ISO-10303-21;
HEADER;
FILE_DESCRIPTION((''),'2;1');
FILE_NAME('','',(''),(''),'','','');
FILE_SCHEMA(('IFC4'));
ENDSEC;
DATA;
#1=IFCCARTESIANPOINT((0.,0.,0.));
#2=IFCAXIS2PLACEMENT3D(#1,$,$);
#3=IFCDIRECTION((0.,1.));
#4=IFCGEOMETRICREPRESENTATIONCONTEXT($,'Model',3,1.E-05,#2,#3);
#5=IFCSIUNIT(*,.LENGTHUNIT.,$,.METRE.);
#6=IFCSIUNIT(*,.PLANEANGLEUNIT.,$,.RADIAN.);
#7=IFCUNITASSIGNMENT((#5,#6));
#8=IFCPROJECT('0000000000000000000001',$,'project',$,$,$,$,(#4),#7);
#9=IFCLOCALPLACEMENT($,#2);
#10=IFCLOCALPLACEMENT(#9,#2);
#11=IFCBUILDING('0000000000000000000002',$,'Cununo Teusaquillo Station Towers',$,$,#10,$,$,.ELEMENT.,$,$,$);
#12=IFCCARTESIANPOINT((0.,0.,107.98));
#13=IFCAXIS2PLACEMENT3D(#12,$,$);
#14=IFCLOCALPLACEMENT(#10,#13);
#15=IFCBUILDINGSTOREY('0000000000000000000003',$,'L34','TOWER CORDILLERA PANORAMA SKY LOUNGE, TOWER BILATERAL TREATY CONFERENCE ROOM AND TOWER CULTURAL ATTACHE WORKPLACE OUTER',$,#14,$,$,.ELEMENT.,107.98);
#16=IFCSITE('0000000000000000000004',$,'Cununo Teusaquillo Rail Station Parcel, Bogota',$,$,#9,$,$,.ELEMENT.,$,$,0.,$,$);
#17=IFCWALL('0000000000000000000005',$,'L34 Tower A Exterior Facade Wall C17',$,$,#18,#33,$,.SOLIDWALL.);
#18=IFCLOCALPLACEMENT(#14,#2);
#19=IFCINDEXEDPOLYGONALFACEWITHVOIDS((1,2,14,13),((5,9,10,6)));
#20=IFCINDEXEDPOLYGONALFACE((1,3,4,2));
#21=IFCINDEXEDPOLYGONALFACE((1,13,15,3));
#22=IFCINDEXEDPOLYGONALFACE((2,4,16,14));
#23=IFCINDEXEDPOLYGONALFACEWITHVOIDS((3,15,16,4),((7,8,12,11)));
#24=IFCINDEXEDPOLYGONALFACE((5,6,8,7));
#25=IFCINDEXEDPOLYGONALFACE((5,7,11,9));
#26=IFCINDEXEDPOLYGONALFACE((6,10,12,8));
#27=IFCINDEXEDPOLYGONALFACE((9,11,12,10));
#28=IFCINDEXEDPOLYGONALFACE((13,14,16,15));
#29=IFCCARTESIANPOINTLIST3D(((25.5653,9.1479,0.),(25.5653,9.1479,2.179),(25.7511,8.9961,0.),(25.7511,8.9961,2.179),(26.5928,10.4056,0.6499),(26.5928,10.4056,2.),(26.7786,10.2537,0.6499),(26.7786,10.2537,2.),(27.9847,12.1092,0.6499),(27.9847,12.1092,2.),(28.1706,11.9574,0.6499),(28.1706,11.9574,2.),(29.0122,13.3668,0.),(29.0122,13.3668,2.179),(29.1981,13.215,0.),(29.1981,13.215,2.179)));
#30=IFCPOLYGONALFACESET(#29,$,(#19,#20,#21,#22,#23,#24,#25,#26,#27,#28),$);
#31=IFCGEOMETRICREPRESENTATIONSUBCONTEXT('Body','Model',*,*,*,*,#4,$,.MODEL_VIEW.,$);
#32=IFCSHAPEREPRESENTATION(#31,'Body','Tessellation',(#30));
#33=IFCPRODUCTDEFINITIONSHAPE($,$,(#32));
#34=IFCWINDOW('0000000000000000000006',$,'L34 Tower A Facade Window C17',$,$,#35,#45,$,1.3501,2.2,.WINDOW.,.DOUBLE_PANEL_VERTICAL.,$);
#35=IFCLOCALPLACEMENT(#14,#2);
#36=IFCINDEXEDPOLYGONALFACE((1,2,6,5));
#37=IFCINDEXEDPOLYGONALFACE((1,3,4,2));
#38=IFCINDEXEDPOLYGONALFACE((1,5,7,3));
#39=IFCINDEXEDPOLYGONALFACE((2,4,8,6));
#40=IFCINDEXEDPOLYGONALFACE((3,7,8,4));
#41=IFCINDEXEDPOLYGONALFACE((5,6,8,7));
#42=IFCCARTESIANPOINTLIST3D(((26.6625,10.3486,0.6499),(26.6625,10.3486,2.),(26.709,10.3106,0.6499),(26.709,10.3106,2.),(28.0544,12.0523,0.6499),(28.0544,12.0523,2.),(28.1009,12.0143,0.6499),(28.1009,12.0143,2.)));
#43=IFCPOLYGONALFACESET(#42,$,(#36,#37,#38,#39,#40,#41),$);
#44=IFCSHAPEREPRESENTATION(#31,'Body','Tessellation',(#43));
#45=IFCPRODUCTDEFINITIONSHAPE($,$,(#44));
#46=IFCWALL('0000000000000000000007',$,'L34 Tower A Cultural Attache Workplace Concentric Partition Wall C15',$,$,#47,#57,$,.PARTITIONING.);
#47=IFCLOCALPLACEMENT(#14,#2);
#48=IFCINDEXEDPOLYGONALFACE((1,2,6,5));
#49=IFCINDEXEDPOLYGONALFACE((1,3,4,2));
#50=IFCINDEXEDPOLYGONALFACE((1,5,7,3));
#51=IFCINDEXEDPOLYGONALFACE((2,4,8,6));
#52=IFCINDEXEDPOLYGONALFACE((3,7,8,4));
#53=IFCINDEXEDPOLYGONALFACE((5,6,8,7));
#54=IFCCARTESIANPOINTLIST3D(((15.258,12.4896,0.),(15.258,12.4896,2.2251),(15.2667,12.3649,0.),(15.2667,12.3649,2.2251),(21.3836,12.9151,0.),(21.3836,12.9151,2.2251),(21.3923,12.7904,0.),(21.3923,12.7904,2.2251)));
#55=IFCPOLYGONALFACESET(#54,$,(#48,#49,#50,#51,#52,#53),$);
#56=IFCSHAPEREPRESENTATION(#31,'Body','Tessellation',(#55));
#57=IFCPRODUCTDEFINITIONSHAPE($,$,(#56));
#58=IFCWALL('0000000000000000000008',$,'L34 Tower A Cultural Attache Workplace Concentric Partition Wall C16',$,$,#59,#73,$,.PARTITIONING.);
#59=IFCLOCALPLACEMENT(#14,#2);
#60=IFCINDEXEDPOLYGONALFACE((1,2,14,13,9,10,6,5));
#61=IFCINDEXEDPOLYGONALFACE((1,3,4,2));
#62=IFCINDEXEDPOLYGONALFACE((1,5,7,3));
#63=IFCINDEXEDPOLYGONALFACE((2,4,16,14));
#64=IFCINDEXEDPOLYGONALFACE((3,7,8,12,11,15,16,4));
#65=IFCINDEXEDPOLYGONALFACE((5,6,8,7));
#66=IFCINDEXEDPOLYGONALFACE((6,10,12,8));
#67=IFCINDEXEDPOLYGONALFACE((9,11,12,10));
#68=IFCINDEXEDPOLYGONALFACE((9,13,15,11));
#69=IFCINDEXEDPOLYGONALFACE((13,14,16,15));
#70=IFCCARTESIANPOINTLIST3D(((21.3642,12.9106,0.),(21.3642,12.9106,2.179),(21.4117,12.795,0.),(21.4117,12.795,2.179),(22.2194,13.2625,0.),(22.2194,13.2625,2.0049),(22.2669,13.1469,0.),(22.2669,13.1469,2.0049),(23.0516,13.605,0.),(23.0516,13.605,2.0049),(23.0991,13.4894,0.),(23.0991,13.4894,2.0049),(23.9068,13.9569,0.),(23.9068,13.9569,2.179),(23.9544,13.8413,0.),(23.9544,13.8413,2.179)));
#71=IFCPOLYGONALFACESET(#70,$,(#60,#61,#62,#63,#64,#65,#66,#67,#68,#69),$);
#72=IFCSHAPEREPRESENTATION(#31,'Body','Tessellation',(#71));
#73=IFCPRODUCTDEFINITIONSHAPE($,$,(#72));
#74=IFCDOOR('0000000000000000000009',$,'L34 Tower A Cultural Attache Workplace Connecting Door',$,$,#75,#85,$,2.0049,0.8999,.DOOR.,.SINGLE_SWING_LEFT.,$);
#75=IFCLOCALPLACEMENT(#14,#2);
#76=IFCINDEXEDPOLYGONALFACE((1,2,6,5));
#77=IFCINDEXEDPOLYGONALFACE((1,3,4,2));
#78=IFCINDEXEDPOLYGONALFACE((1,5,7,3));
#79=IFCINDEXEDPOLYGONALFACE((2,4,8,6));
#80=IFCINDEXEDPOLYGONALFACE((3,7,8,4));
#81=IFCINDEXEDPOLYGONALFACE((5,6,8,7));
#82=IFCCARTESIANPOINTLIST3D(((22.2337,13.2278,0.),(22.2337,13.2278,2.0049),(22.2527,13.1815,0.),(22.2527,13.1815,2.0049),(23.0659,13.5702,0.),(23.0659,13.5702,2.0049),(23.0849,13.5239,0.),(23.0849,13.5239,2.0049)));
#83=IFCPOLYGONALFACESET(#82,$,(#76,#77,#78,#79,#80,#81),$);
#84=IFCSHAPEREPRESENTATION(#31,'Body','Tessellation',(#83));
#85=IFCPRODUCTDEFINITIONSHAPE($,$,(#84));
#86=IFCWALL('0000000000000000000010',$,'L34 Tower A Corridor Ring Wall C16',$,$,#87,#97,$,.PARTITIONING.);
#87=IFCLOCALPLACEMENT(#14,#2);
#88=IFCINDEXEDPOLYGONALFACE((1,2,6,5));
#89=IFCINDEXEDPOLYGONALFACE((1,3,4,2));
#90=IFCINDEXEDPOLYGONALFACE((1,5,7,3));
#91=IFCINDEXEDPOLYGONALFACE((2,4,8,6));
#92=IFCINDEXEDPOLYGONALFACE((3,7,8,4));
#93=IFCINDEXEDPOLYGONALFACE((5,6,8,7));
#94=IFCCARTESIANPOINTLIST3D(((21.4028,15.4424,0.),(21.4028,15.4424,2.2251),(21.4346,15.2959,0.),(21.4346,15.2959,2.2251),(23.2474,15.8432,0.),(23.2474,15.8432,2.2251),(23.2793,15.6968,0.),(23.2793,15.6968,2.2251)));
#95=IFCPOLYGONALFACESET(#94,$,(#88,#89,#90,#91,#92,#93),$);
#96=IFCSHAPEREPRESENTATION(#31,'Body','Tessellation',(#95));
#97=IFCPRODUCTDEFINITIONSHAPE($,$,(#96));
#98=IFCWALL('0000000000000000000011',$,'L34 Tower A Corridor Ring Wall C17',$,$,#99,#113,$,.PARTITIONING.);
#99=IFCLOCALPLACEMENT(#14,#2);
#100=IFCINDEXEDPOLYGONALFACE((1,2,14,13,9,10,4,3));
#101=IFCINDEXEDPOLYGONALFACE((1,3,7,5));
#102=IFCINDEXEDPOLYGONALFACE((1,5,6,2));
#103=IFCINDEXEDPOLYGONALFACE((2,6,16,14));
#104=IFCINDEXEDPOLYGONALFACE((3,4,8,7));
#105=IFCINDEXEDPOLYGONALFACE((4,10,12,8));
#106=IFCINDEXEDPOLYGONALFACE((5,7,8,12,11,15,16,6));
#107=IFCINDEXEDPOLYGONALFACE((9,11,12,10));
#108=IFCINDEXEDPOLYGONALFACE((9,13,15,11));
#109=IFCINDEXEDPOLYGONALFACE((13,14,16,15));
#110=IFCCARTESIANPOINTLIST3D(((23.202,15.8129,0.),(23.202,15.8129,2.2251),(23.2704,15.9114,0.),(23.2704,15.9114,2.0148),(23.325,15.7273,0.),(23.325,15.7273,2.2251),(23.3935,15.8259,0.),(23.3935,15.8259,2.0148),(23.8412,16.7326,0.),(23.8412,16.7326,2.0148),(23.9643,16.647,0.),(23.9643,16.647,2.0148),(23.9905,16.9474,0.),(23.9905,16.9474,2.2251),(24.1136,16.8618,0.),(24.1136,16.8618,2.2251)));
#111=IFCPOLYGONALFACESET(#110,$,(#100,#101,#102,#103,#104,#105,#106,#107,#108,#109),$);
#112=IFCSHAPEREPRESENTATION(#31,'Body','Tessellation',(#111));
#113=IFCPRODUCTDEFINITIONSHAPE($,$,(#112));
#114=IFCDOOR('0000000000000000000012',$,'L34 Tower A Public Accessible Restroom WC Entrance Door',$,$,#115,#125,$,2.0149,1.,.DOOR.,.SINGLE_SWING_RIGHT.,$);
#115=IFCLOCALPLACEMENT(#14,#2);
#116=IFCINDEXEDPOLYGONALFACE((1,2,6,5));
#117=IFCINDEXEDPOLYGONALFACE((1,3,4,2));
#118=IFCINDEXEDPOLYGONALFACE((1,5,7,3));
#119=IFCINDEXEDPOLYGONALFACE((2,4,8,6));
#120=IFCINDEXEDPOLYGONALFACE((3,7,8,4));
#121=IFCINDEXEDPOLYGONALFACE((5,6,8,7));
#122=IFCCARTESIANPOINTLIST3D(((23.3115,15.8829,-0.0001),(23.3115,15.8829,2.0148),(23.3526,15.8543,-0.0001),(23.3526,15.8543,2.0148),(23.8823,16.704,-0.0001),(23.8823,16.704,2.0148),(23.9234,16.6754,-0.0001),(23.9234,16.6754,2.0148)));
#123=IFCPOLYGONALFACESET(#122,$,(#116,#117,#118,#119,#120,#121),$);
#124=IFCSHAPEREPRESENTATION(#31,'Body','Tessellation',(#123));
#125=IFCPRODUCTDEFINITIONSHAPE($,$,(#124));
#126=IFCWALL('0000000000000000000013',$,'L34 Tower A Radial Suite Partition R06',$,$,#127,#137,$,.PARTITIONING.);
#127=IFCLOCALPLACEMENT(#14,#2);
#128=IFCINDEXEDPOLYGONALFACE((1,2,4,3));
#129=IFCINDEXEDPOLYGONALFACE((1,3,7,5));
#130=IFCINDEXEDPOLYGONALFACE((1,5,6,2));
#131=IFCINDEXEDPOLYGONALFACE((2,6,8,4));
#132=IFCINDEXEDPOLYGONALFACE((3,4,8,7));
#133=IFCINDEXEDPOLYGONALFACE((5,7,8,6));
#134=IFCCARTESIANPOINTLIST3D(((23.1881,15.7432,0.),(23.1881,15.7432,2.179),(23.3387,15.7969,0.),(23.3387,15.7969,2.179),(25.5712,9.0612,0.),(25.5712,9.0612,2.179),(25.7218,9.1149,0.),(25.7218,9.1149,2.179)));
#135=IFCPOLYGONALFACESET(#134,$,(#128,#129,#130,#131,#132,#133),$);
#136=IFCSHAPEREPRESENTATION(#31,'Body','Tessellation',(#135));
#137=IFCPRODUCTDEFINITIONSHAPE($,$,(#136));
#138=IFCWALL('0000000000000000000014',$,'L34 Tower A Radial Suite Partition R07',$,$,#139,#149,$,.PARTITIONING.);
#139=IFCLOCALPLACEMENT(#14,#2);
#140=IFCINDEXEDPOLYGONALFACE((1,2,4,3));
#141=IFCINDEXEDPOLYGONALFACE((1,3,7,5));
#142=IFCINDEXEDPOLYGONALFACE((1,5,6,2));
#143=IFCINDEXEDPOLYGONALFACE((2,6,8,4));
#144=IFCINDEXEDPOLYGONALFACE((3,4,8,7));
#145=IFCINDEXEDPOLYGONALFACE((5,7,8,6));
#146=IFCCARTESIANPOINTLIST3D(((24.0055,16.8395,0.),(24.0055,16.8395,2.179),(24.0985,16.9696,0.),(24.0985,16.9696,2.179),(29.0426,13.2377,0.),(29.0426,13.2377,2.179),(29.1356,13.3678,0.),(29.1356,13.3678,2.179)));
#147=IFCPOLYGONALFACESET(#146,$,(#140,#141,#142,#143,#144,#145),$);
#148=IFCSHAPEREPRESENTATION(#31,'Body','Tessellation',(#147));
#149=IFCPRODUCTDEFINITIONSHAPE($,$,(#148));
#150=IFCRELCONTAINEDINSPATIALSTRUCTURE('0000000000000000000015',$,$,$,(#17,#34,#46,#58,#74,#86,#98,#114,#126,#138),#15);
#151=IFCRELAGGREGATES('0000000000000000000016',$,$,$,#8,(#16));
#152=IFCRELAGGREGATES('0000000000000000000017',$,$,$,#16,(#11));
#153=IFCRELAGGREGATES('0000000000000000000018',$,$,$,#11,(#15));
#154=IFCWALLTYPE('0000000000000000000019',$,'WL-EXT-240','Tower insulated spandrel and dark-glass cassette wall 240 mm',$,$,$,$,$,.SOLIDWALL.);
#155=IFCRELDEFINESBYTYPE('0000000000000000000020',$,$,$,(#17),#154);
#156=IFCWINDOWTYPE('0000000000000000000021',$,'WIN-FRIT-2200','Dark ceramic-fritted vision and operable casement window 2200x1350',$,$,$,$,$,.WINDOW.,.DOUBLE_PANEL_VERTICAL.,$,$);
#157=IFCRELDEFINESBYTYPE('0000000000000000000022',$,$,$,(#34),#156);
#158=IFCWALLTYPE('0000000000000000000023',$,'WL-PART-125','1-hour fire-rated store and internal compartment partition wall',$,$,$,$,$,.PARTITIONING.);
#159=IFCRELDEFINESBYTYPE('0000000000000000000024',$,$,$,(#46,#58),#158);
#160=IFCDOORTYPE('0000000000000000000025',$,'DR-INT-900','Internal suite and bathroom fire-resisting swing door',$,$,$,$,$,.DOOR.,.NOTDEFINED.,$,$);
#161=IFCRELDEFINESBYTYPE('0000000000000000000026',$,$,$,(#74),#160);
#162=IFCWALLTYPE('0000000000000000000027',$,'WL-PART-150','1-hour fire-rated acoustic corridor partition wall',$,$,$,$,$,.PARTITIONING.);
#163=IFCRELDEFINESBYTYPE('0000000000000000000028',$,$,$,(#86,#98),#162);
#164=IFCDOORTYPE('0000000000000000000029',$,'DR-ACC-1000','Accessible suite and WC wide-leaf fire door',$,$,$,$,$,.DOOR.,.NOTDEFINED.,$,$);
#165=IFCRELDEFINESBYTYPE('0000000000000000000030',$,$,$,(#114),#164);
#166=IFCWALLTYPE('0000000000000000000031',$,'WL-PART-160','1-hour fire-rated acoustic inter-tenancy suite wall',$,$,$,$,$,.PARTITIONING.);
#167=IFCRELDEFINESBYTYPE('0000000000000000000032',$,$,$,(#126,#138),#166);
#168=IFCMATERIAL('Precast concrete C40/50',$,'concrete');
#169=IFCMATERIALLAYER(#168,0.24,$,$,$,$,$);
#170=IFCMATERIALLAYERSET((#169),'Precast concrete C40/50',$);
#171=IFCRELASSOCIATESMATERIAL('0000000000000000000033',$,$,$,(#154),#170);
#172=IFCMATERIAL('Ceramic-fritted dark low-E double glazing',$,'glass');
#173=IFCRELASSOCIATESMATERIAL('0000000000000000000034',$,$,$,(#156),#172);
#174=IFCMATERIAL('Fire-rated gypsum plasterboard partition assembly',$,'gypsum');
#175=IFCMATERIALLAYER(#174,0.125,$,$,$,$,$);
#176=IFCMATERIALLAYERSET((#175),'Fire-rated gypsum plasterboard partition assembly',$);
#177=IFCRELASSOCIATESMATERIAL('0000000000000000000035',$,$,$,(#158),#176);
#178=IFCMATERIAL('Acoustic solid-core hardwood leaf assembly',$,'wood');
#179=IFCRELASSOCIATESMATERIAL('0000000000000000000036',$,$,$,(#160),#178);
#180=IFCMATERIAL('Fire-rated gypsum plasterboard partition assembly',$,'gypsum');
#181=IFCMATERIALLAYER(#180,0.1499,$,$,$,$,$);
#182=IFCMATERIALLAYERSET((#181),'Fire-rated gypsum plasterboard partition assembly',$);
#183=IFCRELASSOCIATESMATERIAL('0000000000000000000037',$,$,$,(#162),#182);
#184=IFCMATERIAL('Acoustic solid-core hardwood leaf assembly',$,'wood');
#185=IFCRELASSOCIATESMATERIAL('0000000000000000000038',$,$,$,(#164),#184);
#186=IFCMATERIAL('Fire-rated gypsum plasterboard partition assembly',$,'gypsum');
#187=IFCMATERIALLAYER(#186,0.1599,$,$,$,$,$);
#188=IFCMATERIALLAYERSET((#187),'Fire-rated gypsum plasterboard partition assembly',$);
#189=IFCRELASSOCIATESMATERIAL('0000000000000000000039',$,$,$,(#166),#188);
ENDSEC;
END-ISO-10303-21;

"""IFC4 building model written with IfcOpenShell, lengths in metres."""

from ifc_helpers import new_model, si_unit, direction, frame, frame_2d, origin, place, context, subcontext, project, spatial, rectangle, extrude, source, transform, mapped, material, layer, layer_set, type_object, element, fill, save


model = new_model("IFC4")

# Units and contexts
model_context = context("Model", 3, precision=1e-05, world=origin(), true_north=direction((0.0, 1.0)))
body_context = subcontext(model_context, "Body", "Model", "MODEL_VIEW")
ifc_project = project(units=[si_unit("LENGTHUNIT", "METRE"), si_unit("PLANEANGLEUNIT", "RADIAN")], contexts=[model_context])

# Site, building, storey
site_placement = place(None, origin())
site = spatial("IfcSite", under=ifc_project, at=site_placement, Name="Cununo Teusaquillo Rail Station Parcel, Bogota", CompositionType="ELEMENT", RefElevation=0.0)
building_placement = place(site_placement, origin())
building = spatial("IfcBuilding", under=site, at=building_placement, Name="Cununo Teusaquillo Station Towers", CompositionType="ELEMENT")
storey_placement = place(building_placement, frame((0.0, 0.0, 107.98)))
storey = spatial("IfcBuildingStorey", under=building, at=storey_placement, Name="L34", Description="TOWER CORDILLERA PANORAMA SKY LOUNGE, TOWER BILATERAL TREATY CONFERENCE ROOM AND TOWER CULTURAL ATTACHE WORKPLACE OUTER", CompositionType="ELEMENT", Elevation=107.98)

# Shared definitions
ifc_material_1 = material(Name="Precast concrete C40/50", Category="concrete")
ifc_layer_1 = layer(ifc_material_1, 0.24)
ifc_layer_set_1 = layer_set([ifc_layer_1], Name="Precast concrete C40/50")
wall_type_1 = type_object("IfcWallType", Name="WL-EXT-240", Description="Tower insulated spandrel and dark-glass cassette wall 240 mm", PredefinedType="SOLIDWALL", material=ifc_layer_set_1)
shared_shape_1 = source(origin(), body_context, "Body", "SweptSolid", [
    extrude(rectangle(XDim=2.2, YDim=1.3501, at=frame_2d((1.1001, 0.675))), frame((0.0, 0.1299, 0.0), z_axis=(0.0, -1.0, 0.0), x_axis=(1.0, 0.0, 0.0)), (0.0, 0.0, 1.0), 0.26),
])
ifc_material_2 = material(Name="Ceramic-fritted dark low-E double glazing", Category="glass")
window_type_1 = type_object("IfcWindowType", Name="WIN-FRIT-2200", Description="Dark ceramic-fritted vision and operable casement window 2200x1350", PartitioningType="DOUBLE_PANEL_VERTICAL", PredefinedType="WINDOW", material=ifc_material_2)
shared_shape_2 = source(origin(), body_context, "Body", "SweptSolid", [
    extrude(rectangle(XDim=2.2, YDim=1.3501, at=frame_2d((1.1001, 0.675))), frame((0.0, 0.03, 0.0), z_axis=(0.0, -1.0, 0.0), x_axis=(1.0, 0.0, 0.0)), (0.0, 0.0, 1.0), 0.0601),
])

# Wall, opening, window
wall_1_placement = place(storey_placement, frame((29.1052, 13.291, 0.0), z_axis=(0.0, 0.0, 1.0), x_axis=(-0.632701, -0.774396, 0.0)))
wall_1 = element("IfcWall", 1, at=wall_1_placement, inside=storey, type_object=wall_type_1, Name="L34 Tower A Exterior Facade Wall C17", PredefinedType="SOLIDWALL", context=body_context, shape_type="SweptSolid", body=[
    extrude(rectangle(XDim=5.448, YDim=0.24, at=frame_2d((2.7241, 0.0))), origin(), (0.0, 0.0, 1.0), 2.179),
])
opening_1_placement = place(wall_1_placement, frame((1.624, 0.0, 0.6499)))
opening_1 = element("IfcOpeningElement", 2, at=opening_1_placement, cuts=wall_1, PredefinedType="OPENING", context=body_context, shape_type="MappedRepresentation", body=[
    mapped(shared_shape_1, transform((0.0, 0.0, 0.0), x_axis=(1.0, 0.0, 0.0), y_axis=(0.0, 1.0, 0.0), z_axis=(0.0, 0.0, 1.0), scale=1.0)),
])
window_1_placement = place(opening_1_placement, origin())
window_1 = element("IfcWindow", 3, at=window_1_placement, inside=storey, type_object=window_type_1, Name="L34 Tower A Facade Window C17", OverallHeight=1.3501, OverallWidth=2.2, PartitioningType="DOUBLE_PANEL_VERTICAL", PredefinedType="WINDOW", context=body_context, shape_type="MappedRepresentation", body=[
    mapped(shared_shape_2, transform((0.0, 0.0, 0.0), x_axis=(1.0, 0.0, 0.0), y_axis=(0.0, 1.0, 0.0), z_axis=(0.0, 0.0, 1.0), scale=1.0)),
])
fill(opening_1, window_1)

# Wall
ifc_material_3 = material(Name="Fire-rated gypsum plasterboard partition assembly", Category="gypsum")
ifc_layer_2 = layer(ifc_material_3, 0.125)
ifc_layer_set_2 = layer_set([ifc_layer_2], Name="Fire-rated gypsum plasterboard partition assembly")
wall_type_2 = type_object("IfcWallType", Name="WL-PART-125", Description="1-hour fire-rated store and internal compartment partition wall", PredefinedType="PARTITIONING", material=ifc_layer_set_2)
wall_2_placement = place(storey_placement, frame((15.2622, 12.4272, 0.0), z_axis=(0.0, 0.0, 1.0), x_axis=(0.997596, 0.0693, 0.0)))
element("IfcWall", 4, at=wall_2_placement, inside=storey, type_object=wall_type_2, Name="L34 Tower A Cultural Attache Workplace Concentric Partition Wall C15", PredefinedType="PARTITIONING", context=body_context, shape_type="SweptSolid", body=[
    extrude(rectangle(XDim=6.1404, YDim=0.125, at=frame_2d((3.0703, 0.0))), origin(), (0.0, 0.0, 1.0), 2.2251),
])

# Wall, opening, door
wall_3_placement = place(storey_placement, frame((21.3879, 12.8528, 0.0), z_axis=(0.0, 0.0, 1.0), x_axis=(0.924757, 0.380558, 0.0)))
wall_3 = element("IfcWall", 5, at=wall_3_placement, inside=storey, type_object=wall_type_2, Name="L34 Tower A Cultural Attache Workplace Concentric Partition Wall C16", PredefinedType="PARTITIONING", context=body_context, shape_type="SweptSolid", body=[
    extrude(rectangle(XDim=2.7495, YDim=0.125, at=frame_2d((1.3748, 0.0))), origin(), (0.0, 0.0, 1.0), 2.179),
])
shared_shape_3 = source(origin(), body_context, "Body", "SweptSolid", [
    extrude(rectangle(XDim=0.8999, YDim=2.0049, at=frame_2d((0.45, 1.0024))), frame((0.0, 0.0725, 0.0), z_axis=(0.0, -1.0, 0.0), x_axis=(1.0, 0.0, 0.0)), (0.0, 0.0, 1.0), 0.145),
])
opening_2_placement = place(wall_3_placement, frame((0.9248, 0.0, 0.0)))
opening_2 = element("IfcOpeningElement", 6, at=opening_2_placement, cuts=wall_3, PredefinedType="OPENING", context=body_context, shape_type="MappedRepresentation", body=[
    mapped(shared_shape_3, transform((0.0, 0.0, 0.0), x_axis=(1.0, 0.0, 0.0), y_axis=(0.0, 1.0, 0.0), z_axis=(0.0, 0.0, 1.0), scale=1.0)),
])
ifc_material_4 = material(Name="Acoustic solid-core hardwood leaf assembly", Category="wood")
door_type_1 = type_object("IfcDoorType", Name="DR-INT-900", Description="Internal suite and bathroom fire-resisting swing door", OperationType="NOTDEFINED", PredefinedType="DOOR", material=ifc_material_4)
shared_shape_4 = source(origin(), body_context, "Body", "SweptSolid", [
    extrude(rectangle(XDim=0.8999, YDim=2.0049, at=frame_2d((0.45, 1.0024))), frame((0.0, 0.0249, 0.0), z_axis=(0.0, -1.0, 0.0), x_axis=(1.0, 0.0, 0.0)), (0.0, 0.0, 1.0), 0.05),
])
door_1_placement = place(opening_2_placement, origin())
door_1 = element("IfcDoor", 7, at=door_1_placement, inside=storey, type_object=door_type_1, Name="L34 Tower A Cultural Attache Workplace Connecting Door", OperationType="SINGLE_SWING_LEFT", OverallHeight=2.0049, OverallWidth=0.8999, PredefinedType="DOOR", context=body_context, shape_type="MappedRepresentation", body=[
    mapped(shared_shape_4, transform((0.0, 0.0, 0.0), x_axis=(1.0, 0.0, 0.0), y_axis=(0.0, 1.0, 0.0), z_axis=(0.0, 0.0, 1.0), scale=1.0)),
])
fill(opening_2, door_1)

# Wall
ifc_material_5 = material(Name="Fire-rated gypsum plasterboard partition assembly", Category="gypsum")
ifc_layer_3 = layer(ifc_material_5, 0.1499)
ifc_layer_set_3 = layer_set([ifc_layer_3], Name="Fire-rated gypsum plasterboard partition assembly")
wall_type_3 = type_object("IfcWallType", Name="WL-PART-150", Description="1-hour fire-rated acoustic corridor partition wall", PredefinedType="PARTITIONING", material=ifc_layer_set_3)
wall_4_placement = place(storey_placement, frame((21.4187, 15.3691, 0.0), z_axis=(0.0, 0.0, 1.0), x_axis=(0.977193, 0.212354, 0.0)))
element("IfcWall", 8, at=wall_4_placement, inside=storey, type_object=wall_type_3, Name="L34 Tower A Corridor Ring Wall C16", PredefinedType="PARTITIONING", context=body_context, shape_type="SweptSolid", body=[
    extrude(rectangle(XDim=1.8877, YDim=0.1499, at=frame_2d((0.9438, 0.0))), origin(), (0.0, 0.0, 1.0), 2.2251),
])

# Wall, opening, door
wall_5_placement = place(storey_placement, frame((23.2634, 15.77, 0.0), z_axis=(0.0, 0.0, 1.0), x_axis=(0.570743, 0.821128, 0.0)))
wall_5 = element("IfcWall", 9, at=wall_5_placement, inside=storey, type_object=wall_type_3, Name="L34 Tower A Corridor Ring Wall C17", PredefinedType="PARTITIONING", context=body_context, shape_type="SweptSolid", body=[
    extrude(rectangle(XDim=1.3816, YDim=0.1499, at=frame_2d((0.6909, 0.0))), origin(), (0.0, 0.0, 1.0), 2.2251),
])
shared_shape_5 = source(origin(), body_context, "Body", "SweptSolid", [
    extrude(rectangle(XDim=1.0, YDim=2.0149, at=frame_2d((0.5, 1.0073))), frame((0.0, 0.085, 0.0), z_axis=(0.0, -1.0, 0.0), x_axis=(1.0, 0.0, 0.0)), (0.0, 0.0, 1.0), 0.1699),
])
opening_3_placement = place(wall_5_placement, frame((0.1201, 0.0, 0.0)))
opening_3 = element("IfcOpeningElement", 10, at=opening_3_placement, cuts=wall_5, PredefinedType="OPENING", context=body_context, shape_type="MappedRepresentation", body=[
    mapped(shared_shape_5, transform((0.0, 0.0, 0.0), x_axis=(1.0, 0.0, 0.0), y_axis=(0.0, 1.0, 0.0), z_axis=(0.0, 0.0, 1.0), scale=1.0)),
])
ifc_material_6 = material(Name="Acoustic solid-core hardwood leaf assembly", Category="wood")
door_type_2 = type_object("IfcDoorType", Name="DR-ACC-1000", Description="Accessible suite and WC wide-leaf fire door", OperationType="NOTDEFINED", PredefinedType="DOOR", material=ifc_material_6)
shared_shape_6 = source(origin(), body_context, "Body", "SweptSolid", [
    extrude(rectangle(XDim=1.0, YDim=2.0149, at=frame_2d((0.5, 1.0073))), frame((0.0, 0.0249, 0.0), z_axis=(0.0, -1.0, 0.0), x_axis=(1.0, 0.0, 0.0)), (0.0, 0.0, 1.0), 0.05),
])
door_2_placement = place(opening_3_placement, origin())
door_2 = element("IfcDoor", 11, at=door_2_placement, inside=storey, type_object=door_type_2, Name="L34 Tower A Public Accessible Restroom WC Entrance Door", OperationType="SINGLE_SWING_RIGHT", OverallHeight=2.0149, OverallWidth=1.0, PredefinedType="DOOR", context=body_context, shape_type="MappedRepresentation", body=[
    mapped(shared_shape_6, transform((0.0, 0.0, 0.0), x_axis=(1.0, 0.0, 0.0), y_axis=(0.0, 1.0, 0.0), z_axis=(0.0, 0.0, 1.0), scale=1.0)),
])
fill(opening_3, door_2)

# Walls
ifc_material_7 = material(Name="Fire-rated gypsum plasterboard partition assembly", Category="gypsum")
ifc_layer_4 = layer(ifc_material_7, 0.1599)
ifc_layer_set_4 = layer_set([ifc_layer_4], Name="Fire-rated gypsum plasterboard partition assembly")
wall_type_4 = type_object("IfcWallType", Name="WL-PART-160", Description="1-hour fire-rated acoustic inter-tenancy suite wall", PredefinedType="PARTITIONING", material=ifc_layer_set_4)
wall_6_placement = place(storey_placement, frame((23.2634, 15.77, 0.0), z_axis=(0.0, 0.0, 1.0), x_axis=(0.33592, -0.941891, 0.0)))
element("IfcWall", 12, at=wall_6_placement, inside=storey, type_object=wall_type_4, Name="L34 Tower A Radial Suite Partition R06", PredefinedType="PARTITIONING", context=body_context, shape_type="SweptSolid", body=[
    extrude(rectangle(XDim=7.0942, YDim=0.1599, at=frame_2d((3.5471, 0.0))), origin(), (0.0, 0.0, 1.0), 2.179),
])
wall_7_placement = place(storey_placement, frame((24.052, 16.9045, 0.0), z_axis=(0.0, 0.0, 1.0), x_axis=(0.813438, -0.581652, 0.0)))
element("IfcWall", 13, at=wall_7_placement, inside=storey, type_object=wall_type_4, Name="L34 Tower A Radial Suite Partition R07", PredefinedType="PARTITIONING", context=body_context, shape_type="SweptSolid", body=[
    extrude(rectangle(XDim=6.1924, YDim=0.1599, at=frame_2d((3.0962, 0.0))), origin(), (0.0, 0.0, 1.0), 2.179),
])

save(model, "model.ifc")
